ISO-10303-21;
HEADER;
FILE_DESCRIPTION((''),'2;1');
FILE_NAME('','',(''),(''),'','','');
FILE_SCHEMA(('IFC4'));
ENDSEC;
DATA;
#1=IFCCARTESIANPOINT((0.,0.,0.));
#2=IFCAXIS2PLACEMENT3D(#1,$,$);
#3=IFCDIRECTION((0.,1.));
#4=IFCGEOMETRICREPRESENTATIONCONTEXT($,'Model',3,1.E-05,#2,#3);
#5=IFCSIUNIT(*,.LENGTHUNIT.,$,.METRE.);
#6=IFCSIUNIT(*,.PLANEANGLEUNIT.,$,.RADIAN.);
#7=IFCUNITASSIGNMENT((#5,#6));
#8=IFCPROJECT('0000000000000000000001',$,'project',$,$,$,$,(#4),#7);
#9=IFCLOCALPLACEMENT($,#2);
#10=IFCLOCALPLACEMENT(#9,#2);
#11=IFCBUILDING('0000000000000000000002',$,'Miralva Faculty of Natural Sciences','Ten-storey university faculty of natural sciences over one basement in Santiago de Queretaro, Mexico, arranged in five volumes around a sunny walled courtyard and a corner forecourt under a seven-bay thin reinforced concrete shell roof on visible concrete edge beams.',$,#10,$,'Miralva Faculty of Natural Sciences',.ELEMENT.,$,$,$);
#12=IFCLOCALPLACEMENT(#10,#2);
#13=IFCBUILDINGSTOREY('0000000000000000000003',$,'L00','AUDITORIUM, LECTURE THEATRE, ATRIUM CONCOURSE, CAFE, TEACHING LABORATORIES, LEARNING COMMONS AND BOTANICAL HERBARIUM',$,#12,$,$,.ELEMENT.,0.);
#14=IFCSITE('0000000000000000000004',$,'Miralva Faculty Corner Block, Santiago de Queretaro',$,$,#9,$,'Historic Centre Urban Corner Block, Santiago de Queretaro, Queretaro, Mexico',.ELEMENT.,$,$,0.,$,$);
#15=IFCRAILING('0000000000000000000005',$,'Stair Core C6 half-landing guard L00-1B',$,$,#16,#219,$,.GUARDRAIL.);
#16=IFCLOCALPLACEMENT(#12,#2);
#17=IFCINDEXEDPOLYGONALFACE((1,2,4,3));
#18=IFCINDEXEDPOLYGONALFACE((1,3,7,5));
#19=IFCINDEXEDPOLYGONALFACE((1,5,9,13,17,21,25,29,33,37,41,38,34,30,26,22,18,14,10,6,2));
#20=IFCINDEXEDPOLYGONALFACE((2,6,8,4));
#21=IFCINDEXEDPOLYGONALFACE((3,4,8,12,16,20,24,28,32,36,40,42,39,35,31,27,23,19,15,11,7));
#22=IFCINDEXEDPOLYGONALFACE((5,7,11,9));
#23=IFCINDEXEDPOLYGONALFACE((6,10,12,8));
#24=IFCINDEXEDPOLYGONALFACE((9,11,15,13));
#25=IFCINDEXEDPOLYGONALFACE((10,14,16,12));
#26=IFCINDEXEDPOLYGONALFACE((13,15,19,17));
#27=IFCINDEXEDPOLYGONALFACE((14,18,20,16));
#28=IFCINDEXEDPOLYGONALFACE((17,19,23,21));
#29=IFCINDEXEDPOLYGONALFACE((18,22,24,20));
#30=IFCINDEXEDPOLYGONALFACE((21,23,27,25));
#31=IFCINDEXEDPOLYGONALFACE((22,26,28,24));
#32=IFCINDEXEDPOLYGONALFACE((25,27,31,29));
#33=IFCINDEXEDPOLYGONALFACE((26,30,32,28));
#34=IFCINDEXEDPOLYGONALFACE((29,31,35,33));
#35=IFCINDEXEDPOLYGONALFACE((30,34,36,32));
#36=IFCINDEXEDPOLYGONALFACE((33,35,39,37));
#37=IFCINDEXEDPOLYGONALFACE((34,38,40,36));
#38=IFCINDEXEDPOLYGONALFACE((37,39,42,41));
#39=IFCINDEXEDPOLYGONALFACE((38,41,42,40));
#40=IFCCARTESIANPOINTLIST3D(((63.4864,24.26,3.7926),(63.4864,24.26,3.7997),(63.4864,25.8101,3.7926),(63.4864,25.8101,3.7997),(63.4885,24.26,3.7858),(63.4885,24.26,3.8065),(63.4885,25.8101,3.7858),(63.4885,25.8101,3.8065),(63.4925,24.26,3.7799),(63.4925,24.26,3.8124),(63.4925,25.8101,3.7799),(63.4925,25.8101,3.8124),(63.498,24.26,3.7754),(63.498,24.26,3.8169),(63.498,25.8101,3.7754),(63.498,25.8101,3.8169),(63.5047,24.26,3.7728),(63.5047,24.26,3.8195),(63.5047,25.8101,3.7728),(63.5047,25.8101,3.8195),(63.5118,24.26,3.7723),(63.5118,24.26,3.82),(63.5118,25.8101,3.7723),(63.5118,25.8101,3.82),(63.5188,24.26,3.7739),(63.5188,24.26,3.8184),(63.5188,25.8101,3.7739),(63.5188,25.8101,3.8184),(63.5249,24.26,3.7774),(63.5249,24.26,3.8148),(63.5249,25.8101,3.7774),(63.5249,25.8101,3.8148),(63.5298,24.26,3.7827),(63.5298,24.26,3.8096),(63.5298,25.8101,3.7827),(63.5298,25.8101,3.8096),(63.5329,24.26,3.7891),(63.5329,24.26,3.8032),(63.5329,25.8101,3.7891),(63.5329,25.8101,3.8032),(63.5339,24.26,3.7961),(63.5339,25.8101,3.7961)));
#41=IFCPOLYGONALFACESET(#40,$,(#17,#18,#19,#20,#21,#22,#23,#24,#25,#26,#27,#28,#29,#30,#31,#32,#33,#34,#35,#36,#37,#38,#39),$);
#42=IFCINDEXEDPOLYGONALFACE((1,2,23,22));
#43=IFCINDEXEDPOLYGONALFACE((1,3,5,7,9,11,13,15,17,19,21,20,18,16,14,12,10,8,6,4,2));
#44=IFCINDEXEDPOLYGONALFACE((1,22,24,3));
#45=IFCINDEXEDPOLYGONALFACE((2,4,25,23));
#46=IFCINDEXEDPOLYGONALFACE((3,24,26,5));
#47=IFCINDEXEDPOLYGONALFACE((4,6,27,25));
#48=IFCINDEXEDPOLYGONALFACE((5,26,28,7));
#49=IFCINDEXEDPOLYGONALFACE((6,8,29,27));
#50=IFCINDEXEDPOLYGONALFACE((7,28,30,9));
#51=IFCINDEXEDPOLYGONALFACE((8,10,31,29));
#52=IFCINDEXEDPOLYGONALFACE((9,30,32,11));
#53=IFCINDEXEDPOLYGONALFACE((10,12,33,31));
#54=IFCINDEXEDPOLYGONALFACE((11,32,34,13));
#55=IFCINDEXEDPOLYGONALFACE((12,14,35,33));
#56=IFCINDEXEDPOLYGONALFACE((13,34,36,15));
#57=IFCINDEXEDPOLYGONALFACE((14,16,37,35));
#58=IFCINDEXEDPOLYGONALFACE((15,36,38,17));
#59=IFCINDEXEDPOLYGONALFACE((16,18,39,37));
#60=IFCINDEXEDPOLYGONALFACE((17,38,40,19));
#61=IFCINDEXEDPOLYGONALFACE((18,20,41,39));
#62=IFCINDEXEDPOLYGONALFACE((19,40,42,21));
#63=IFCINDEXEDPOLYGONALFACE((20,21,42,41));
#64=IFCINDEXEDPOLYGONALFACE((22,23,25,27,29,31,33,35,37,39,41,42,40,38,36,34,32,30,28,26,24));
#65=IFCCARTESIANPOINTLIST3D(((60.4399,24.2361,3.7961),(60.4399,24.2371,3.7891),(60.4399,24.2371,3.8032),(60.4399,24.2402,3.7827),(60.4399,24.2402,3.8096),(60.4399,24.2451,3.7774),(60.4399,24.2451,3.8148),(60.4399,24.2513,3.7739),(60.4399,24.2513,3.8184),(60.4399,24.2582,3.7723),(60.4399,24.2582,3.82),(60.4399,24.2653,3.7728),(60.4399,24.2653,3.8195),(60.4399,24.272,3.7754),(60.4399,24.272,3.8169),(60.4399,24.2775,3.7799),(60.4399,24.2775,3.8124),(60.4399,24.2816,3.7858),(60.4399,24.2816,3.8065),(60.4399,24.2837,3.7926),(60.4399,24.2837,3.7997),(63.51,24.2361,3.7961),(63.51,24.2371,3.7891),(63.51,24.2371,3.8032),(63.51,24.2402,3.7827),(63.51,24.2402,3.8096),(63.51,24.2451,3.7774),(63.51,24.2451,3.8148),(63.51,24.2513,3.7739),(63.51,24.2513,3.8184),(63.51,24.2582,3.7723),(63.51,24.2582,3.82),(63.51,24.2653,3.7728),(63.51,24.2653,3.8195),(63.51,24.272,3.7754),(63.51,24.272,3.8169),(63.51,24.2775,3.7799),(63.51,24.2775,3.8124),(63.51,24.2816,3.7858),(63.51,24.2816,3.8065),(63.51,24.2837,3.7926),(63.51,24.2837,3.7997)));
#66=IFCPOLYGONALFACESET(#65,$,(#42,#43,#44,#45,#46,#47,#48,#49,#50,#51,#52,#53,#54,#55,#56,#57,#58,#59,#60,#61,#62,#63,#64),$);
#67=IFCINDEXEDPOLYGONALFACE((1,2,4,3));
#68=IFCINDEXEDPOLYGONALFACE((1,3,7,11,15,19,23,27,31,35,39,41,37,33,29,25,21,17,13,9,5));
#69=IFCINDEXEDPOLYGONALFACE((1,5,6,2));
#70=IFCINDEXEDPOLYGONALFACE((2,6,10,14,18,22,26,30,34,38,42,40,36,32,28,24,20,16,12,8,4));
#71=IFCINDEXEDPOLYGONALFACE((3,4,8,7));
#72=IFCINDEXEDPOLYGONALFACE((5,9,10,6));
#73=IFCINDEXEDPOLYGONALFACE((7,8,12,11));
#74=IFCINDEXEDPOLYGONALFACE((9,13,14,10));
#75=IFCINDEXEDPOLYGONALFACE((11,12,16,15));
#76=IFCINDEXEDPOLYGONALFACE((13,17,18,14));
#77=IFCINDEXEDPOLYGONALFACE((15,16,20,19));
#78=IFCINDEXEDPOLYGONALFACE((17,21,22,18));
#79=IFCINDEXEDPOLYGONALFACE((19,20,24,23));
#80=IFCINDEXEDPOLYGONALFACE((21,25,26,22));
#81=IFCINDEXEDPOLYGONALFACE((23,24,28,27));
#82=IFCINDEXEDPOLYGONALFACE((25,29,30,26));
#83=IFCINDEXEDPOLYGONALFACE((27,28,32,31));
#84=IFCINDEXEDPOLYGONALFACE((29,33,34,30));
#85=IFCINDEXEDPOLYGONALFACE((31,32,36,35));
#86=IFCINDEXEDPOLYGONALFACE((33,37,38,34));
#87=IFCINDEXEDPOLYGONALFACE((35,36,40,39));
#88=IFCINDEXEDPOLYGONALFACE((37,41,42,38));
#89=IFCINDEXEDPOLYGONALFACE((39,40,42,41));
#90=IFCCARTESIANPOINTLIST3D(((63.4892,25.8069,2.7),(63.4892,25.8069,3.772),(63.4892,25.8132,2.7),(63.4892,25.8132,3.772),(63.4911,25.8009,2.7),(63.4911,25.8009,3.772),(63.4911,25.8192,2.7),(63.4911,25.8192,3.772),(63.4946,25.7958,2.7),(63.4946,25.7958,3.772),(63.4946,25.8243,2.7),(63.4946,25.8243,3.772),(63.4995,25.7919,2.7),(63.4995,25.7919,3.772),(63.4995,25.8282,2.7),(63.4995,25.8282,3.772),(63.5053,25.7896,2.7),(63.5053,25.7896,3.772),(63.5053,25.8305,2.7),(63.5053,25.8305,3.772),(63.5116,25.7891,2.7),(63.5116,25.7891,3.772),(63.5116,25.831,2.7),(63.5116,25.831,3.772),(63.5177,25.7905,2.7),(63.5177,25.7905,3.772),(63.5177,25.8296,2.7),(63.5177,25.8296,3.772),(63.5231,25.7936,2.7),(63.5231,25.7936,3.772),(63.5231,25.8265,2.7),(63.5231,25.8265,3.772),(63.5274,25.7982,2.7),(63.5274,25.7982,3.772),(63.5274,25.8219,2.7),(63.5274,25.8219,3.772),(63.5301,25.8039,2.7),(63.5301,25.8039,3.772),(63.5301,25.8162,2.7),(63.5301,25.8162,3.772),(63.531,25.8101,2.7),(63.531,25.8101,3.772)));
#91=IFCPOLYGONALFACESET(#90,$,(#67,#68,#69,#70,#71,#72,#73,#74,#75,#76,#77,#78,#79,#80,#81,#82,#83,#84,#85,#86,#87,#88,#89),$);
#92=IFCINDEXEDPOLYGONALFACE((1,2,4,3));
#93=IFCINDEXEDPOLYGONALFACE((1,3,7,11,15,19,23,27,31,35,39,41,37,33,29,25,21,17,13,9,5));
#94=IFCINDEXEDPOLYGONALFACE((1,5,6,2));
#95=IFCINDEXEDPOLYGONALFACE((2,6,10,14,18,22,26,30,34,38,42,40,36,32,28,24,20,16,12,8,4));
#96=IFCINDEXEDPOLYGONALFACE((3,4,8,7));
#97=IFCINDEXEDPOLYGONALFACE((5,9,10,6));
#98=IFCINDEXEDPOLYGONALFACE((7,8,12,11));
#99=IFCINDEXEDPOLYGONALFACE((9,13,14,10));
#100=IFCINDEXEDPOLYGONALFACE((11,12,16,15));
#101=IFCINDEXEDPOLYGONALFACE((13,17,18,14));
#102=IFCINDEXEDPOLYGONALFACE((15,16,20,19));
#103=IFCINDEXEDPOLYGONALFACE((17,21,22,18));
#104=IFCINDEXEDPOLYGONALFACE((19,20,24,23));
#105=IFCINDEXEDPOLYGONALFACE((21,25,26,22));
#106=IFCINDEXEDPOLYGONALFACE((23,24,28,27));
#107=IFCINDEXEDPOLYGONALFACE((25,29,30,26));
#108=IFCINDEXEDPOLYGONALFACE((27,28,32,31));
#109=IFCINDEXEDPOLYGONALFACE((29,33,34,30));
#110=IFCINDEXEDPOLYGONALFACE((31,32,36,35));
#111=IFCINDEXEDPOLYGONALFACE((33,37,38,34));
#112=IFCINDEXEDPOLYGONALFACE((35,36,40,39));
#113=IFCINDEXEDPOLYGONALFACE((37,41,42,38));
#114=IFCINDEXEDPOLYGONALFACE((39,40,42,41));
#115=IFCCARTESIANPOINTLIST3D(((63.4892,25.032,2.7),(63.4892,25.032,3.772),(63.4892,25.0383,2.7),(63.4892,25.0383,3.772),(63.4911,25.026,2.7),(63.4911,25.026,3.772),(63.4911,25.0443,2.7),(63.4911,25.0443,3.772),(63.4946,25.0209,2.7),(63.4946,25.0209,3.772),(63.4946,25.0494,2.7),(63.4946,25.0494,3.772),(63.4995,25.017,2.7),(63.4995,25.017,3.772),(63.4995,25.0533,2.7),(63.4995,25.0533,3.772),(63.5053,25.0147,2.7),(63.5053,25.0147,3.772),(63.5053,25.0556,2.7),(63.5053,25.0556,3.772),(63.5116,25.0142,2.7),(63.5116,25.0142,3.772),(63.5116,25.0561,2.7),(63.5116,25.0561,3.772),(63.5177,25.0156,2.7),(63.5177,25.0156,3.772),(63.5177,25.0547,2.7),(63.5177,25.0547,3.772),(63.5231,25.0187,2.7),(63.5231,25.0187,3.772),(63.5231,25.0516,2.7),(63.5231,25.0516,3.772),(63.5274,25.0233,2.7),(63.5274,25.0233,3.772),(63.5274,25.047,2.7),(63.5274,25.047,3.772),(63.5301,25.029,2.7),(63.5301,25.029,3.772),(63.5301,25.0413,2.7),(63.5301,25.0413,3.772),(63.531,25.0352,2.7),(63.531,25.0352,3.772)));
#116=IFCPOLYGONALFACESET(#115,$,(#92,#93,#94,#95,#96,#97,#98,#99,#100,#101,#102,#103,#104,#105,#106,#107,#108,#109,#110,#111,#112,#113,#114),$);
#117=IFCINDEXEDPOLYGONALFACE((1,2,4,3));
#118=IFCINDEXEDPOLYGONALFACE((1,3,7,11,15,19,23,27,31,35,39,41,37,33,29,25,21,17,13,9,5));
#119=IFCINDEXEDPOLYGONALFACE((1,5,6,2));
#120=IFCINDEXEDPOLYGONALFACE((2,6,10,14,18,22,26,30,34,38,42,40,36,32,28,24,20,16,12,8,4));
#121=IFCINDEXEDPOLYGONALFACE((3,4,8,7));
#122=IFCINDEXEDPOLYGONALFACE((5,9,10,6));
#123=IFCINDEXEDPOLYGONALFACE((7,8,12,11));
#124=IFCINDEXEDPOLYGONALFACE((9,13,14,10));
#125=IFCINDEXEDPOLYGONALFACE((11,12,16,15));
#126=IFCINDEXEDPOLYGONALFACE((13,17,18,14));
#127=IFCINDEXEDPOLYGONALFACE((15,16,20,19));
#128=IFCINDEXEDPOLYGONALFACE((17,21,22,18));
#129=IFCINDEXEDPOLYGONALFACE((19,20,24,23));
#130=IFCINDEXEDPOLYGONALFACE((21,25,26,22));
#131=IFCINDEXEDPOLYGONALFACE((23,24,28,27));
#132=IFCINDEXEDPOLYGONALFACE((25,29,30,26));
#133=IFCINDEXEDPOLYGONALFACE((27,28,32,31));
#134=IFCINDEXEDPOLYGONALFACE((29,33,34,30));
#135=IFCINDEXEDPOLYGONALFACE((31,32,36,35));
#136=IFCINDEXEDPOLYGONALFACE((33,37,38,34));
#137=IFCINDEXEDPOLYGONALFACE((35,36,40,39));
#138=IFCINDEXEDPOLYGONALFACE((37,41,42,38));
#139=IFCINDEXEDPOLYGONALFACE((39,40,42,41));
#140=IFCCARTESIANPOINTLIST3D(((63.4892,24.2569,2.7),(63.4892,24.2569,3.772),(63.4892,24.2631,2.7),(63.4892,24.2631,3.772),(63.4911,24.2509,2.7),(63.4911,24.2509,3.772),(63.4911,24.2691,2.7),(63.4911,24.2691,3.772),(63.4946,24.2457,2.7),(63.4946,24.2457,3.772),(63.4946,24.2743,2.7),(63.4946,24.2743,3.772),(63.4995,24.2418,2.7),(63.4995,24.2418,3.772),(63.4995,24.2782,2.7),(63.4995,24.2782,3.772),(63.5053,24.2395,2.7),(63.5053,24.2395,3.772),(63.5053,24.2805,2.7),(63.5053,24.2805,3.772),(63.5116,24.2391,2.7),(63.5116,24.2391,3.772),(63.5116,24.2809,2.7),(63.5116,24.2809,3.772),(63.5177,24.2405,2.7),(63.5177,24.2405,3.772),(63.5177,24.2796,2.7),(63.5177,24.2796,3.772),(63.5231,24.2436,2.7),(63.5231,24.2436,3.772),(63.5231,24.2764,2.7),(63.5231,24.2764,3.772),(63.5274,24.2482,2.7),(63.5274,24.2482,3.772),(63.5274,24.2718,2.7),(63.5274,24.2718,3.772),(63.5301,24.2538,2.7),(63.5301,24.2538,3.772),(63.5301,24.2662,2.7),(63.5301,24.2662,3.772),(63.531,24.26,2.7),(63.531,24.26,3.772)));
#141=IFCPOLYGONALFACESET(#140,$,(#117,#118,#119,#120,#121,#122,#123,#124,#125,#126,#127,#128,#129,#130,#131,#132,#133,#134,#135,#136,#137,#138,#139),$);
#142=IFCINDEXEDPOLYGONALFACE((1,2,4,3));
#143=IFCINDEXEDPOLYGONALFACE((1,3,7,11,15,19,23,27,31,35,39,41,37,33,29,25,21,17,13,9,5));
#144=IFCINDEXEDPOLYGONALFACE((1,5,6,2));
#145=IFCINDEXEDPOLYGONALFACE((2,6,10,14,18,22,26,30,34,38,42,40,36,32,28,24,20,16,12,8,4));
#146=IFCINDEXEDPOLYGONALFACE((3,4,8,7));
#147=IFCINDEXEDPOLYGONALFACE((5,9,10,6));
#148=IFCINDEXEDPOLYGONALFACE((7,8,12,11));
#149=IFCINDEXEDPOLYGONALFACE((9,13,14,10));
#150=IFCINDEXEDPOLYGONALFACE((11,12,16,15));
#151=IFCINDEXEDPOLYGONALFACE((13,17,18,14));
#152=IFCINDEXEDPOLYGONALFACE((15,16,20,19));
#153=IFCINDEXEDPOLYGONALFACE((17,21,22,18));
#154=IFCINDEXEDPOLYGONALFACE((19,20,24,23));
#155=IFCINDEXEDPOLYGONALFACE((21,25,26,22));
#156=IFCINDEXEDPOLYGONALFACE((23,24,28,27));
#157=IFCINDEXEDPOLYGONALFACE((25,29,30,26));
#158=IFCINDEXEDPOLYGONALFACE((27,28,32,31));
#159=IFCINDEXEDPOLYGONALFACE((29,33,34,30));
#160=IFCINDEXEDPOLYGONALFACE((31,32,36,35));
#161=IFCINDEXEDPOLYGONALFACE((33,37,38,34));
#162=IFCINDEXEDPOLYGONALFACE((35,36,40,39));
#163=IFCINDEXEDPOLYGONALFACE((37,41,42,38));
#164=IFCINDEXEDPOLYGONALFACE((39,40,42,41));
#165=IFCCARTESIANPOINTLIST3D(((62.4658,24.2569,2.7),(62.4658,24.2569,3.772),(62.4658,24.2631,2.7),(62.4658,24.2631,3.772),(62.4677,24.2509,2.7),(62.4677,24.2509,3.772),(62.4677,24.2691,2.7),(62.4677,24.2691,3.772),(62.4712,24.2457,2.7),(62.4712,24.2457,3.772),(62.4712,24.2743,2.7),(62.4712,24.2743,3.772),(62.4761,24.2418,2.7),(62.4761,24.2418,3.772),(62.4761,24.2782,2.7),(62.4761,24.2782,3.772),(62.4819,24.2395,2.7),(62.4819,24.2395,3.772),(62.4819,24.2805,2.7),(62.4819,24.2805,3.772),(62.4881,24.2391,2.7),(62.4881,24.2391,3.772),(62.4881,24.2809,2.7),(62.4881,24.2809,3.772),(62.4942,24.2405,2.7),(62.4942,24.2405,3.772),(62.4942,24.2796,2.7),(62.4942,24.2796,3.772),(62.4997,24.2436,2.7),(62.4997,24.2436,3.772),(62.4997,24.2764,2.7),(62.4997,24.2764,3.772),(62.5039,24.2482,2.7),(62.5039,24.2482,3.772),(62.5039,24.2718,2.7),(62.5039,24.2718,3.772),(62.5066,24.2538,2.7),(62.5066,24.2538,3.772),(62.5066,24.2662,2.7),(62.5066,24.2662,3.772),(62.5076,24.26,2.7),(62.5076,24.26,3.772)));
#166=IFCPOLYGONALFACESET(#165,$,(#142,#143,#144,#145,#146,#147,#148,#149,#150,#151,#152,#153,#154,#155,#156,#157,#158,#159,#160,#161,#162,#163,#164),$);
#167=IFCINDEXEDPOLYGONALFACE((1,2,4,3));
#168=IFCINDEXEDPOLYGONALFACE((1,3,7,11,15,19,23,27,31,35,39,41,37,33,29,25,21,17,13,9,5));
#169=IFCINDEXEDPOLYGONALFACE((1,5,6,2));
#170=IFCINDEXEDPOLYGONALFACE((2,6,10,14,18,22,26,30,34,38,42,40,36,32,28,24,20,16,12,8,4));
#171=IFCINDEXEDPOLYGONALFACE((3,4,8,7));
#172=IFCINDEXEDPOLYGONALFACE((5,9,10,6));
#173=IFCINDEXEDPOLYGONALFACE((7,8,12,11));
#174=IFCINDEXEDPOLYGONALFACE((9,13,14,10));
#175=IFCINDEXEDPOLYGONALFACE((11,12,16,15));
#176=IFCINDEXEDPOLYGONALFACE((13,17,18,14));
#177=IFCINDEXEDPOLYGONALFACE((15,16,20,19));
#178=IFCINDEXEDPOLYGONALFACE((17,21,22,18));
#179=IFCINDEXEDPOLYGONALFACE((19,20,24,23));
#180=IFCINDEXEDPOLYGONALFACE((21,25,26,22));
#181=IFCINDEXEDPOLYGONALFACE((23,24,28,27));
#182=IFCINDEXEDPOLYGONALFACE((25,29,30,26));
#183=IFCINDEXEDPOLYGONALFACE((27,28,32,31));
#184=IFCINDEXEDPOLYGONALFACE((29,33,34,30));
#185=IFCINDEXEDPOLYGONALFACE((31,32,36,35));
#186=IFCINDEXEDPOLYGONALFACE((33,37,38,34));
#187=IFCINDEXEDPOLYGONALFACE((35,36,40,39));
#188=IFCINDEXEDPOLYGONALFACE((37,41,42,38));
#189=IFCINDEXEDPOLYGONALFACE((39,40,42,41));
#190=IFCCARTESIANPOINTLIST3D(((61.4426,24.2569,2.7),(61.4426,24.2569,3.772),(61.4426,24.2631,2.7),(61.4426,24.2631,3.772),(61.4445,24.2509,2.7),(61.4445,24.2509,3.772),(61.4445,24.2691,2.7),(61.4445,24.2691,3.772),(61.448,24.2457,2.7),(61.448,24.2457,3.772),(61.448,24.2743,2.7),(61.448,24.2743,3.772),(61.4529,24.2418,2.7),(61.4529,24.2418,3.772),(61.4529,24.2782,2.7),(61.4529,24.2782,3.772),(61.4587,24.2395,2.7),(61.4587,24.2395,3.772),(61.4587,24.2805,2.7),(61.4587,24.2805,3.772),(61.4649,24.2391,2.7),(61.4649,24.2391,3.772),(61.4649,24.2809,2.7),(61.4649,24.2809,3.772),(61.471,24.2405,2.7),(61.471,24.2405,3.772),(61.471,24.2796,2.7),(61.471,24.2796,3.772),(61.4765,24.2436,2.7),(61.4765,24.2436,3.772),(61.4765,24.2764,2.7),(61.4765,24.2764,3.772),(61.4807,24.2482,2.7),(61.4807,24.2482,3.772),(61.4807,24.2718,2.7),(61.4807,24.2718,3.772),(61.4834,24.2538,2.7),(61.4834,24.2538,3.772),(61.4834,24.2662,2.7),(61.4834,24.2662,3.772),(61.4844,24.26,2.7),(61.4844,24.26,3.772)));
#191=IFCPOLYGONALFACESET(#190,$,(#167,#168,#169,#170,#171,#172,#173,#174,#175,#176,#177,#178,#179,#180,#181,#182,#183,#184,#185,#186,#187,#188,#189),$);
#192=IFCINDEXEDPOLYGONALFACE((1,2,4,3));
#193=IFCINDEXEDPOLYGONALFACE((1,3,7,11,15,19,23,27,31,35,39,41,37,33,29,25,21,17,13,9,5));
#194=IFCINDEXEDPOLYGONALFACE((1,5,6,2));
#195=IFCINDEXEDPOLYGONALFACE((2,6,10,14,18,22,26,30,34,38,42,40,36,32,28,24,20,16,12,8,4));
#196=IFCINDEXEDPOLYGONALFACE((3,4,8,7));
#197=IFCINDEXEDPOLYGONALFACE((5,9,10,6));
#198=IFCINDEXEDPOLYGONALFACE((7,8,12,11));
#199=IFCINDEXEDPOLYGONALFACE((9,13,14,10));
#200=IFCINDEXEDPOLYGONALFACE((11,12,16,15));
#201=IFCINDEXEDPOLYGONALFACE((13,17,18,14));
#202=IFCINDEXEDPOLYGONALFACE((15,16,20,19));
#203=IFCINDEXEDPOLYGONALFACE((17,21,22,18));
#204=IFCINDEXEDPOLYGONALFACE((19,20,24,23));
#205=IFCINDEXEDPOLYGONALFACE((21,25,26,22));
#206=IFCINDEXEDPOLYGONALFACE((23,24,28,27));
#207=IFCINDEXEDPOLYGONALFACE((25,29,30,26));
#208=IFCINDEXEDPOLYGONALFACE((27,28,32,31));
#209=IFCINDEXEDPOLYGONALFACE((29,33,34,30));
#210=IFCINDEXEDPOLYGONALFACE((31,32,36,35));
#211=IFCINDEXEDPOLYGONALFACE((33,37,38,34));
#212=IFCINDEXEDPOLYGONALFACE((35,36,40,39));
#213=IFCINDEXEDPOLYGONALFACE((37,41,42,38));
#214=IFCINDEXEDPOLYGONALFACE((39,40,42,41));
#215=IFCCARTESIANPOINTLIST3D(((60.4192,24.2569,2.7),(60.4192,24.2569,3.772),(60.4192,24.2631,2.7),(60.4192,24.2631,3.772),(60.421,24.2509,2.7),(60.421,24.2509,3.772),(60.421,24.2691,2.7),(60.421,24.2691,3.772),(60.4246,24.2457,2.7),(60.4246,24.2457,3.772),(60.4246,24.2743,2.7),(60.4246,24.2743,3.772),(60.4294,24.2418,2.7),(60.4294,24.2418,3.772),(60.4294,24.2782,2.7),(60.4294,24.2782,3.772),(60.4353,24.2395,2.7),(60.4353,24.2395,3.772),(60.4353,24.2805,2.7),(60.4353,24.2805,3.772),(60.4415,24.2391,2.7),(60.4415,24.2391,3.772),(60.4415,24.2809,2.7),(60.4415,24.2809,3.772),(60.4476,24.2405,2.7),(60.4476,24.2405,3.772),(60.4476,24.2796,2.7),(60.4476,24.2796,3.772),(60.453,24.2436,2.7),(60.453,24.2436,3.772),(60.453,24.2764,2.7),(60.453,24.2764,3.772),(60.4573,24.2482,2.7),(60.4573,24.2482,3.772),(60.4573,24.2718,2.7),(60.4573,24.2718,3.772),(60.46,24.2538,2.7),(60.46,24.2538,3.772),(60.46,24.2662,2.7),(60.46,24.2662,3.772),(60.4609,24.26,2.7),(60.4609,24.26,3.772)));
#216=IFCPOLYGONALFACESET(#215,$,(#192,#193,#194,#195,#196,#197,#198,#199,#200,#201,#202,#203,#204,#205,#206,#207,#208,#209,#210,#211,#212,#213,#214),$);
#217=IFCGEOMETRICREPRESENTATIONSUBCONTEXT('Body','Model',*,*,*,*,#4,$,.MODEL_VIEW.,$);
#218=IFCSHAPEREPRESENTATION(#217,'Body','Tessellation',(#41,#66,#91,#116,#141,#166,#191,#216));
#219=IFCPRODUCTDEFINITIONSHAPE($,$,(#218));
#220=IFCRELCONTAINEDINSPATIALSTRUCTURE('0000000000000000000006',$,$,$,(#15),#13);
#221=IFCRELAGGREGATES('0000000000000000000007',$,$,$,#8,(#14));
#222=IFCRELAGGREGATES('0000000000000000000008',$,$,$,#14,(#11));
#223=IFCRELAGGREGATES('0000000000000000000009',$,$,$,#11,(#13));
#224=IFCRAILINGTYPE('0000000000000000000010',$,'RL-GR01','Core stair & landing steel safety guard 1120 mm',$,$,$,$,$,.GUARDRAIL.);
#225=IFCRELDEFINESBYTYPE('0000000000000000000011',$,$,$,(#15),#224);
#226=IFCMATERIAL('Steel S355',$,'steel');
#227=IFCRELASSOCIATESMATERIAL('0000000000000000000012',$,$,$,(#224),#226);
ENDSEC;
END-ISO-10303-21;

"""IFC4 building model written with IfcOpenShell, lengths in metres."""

from ifc_helpers import new_model, si_unit, direction, frame, origin, origin_2d, place, context, subcontext, project, spatial, circle, extrude, material, type_object, element, save


model = new_model("IFC4")

# Units and contexts
model_context = context("Model", 3, precision=1e-05, world=origin(), true_north=direction((0.0, 1.0)))
body_context = subcontext(model_context, "Body", "Model", "MODEL_VIEW")
ifc_project = project(units=[si_unit("LENGTHUNIT", "METRE"), si_unit("PLANEANGLEUNIT", "RADIAN")], contexts=[model_context])

# Site, building, storey
site_placement = place(None, origin())
site = spatial("IfcSite", under=ifc_project, at=site_placement, Name="Miralva Faculty Corner Block, Santiago de Queretaro", LongName="Historic Centre Urban Corner Block, Santiago de Queretaro, Queretaro, Mexico", CompositionType="ELEMENT", RefElevation=0.0)
building_placement = place(site_placement, origin())
building = spatial("IfcBuilding", under=site, at=building_placement, Name="Miralva Faculty of Natural Sciences", Description="Ten-storey university faculty of natural sciences over one basement in Santiago de Queretaro, Mexico, arranged in five volumes around a sunny walled courtyard and a corner forecourt under a seven-bay thin reinforced concrete shell roof on visible concrete edge beams.", LongName="Miralva Faculty of Natural Sciences", CompositionType="ELEMENT")
storey_placement = place(building_placement, origin())
storey = spatial("IfcBuildingStorey", under=building, at=storey_placement, Name="L00", Description="AUDITORIUM, LECTURE THEATRE, ATRIUM CONCOURSE, CAFE, TEACHING LABORATORIES, LEARNING COMMONS AND BOTANICAL HERBARIUM", CompositionType="ELEMENT", Elevation=0.0)

# Railing
ifc_material_1 = material(Name="Steel S355", Category="steel")
railing_type_1 = type_object("IfcRailingType", Name="RL-GR01", Description="Core stair & landing steel safety guard 1120 mm", PredefinedType="GUARDRAIL", material=ifc_material_1)
railing_1_placement = place(storey_placement, frame((63.51, 25.8101, 2.7)))
element("IfcRailing", 1, at=railing_1_placement, inside=storey, type_object=railing_type_1, Name="Stair Core C6 half-landing guard L00-1B", PredefinedType="GUARDRAIL", context=body_context, shape_type="SweptSolid", body=[
    extrude(circle(Radius=0.0239, at=origin_2d()), frame((0.0, 0.0, 1.0962), z_axis=(0.0, -1.0, 0.0), x_axis=(1.0, 0.0, 0.0)), (0.0, 0.0, 1.0), 1.55),
    extrude(circle(Radius=0.0239, at=origin_2d()), frame((0.0, -1.55, 1.0962), z_axis=(-1.0, 0.0, 0.0), x_axis=(0.0, -1.0, 0.0)), (0.0, 0.0, 1.0), 3.0701),
    extrude(circle(Radius=0.021, at=origin_2d()), origin(), (0.0, 0.0, 1.0), 1.072),
    extrude(circle(Radius=0.021, at=origin_2d()), frame((0.0, -0.7749, 0.0)), (0.0, 0.0, 1.0), 1.072),
    extrude(circle(Radius=0.021, at=origin_2d()), frame((0.0, -1.55, 0.0)), (0.0, 0.0, 1.0), 1.072),
    extrude(circle(Radius=0.021, at=origin_2d()), frame((-1.0234, -1.55, 0.0)), (0.0, 0.0, 1.0), 1.072),
    extrude(circle(Radius=0.021, at=origin_2d()), frame((-2.0466, -1.55, 0.0)), (0.0, 0.0, 1.0), 1.072),
    extrude(circle(Radius=0.021, at=origin_2d()), frame((-3.0701, -1.55, 0.0)), (0.0, 0.0, 1.0), 1.072),
])

save(model, "model.ifc")
